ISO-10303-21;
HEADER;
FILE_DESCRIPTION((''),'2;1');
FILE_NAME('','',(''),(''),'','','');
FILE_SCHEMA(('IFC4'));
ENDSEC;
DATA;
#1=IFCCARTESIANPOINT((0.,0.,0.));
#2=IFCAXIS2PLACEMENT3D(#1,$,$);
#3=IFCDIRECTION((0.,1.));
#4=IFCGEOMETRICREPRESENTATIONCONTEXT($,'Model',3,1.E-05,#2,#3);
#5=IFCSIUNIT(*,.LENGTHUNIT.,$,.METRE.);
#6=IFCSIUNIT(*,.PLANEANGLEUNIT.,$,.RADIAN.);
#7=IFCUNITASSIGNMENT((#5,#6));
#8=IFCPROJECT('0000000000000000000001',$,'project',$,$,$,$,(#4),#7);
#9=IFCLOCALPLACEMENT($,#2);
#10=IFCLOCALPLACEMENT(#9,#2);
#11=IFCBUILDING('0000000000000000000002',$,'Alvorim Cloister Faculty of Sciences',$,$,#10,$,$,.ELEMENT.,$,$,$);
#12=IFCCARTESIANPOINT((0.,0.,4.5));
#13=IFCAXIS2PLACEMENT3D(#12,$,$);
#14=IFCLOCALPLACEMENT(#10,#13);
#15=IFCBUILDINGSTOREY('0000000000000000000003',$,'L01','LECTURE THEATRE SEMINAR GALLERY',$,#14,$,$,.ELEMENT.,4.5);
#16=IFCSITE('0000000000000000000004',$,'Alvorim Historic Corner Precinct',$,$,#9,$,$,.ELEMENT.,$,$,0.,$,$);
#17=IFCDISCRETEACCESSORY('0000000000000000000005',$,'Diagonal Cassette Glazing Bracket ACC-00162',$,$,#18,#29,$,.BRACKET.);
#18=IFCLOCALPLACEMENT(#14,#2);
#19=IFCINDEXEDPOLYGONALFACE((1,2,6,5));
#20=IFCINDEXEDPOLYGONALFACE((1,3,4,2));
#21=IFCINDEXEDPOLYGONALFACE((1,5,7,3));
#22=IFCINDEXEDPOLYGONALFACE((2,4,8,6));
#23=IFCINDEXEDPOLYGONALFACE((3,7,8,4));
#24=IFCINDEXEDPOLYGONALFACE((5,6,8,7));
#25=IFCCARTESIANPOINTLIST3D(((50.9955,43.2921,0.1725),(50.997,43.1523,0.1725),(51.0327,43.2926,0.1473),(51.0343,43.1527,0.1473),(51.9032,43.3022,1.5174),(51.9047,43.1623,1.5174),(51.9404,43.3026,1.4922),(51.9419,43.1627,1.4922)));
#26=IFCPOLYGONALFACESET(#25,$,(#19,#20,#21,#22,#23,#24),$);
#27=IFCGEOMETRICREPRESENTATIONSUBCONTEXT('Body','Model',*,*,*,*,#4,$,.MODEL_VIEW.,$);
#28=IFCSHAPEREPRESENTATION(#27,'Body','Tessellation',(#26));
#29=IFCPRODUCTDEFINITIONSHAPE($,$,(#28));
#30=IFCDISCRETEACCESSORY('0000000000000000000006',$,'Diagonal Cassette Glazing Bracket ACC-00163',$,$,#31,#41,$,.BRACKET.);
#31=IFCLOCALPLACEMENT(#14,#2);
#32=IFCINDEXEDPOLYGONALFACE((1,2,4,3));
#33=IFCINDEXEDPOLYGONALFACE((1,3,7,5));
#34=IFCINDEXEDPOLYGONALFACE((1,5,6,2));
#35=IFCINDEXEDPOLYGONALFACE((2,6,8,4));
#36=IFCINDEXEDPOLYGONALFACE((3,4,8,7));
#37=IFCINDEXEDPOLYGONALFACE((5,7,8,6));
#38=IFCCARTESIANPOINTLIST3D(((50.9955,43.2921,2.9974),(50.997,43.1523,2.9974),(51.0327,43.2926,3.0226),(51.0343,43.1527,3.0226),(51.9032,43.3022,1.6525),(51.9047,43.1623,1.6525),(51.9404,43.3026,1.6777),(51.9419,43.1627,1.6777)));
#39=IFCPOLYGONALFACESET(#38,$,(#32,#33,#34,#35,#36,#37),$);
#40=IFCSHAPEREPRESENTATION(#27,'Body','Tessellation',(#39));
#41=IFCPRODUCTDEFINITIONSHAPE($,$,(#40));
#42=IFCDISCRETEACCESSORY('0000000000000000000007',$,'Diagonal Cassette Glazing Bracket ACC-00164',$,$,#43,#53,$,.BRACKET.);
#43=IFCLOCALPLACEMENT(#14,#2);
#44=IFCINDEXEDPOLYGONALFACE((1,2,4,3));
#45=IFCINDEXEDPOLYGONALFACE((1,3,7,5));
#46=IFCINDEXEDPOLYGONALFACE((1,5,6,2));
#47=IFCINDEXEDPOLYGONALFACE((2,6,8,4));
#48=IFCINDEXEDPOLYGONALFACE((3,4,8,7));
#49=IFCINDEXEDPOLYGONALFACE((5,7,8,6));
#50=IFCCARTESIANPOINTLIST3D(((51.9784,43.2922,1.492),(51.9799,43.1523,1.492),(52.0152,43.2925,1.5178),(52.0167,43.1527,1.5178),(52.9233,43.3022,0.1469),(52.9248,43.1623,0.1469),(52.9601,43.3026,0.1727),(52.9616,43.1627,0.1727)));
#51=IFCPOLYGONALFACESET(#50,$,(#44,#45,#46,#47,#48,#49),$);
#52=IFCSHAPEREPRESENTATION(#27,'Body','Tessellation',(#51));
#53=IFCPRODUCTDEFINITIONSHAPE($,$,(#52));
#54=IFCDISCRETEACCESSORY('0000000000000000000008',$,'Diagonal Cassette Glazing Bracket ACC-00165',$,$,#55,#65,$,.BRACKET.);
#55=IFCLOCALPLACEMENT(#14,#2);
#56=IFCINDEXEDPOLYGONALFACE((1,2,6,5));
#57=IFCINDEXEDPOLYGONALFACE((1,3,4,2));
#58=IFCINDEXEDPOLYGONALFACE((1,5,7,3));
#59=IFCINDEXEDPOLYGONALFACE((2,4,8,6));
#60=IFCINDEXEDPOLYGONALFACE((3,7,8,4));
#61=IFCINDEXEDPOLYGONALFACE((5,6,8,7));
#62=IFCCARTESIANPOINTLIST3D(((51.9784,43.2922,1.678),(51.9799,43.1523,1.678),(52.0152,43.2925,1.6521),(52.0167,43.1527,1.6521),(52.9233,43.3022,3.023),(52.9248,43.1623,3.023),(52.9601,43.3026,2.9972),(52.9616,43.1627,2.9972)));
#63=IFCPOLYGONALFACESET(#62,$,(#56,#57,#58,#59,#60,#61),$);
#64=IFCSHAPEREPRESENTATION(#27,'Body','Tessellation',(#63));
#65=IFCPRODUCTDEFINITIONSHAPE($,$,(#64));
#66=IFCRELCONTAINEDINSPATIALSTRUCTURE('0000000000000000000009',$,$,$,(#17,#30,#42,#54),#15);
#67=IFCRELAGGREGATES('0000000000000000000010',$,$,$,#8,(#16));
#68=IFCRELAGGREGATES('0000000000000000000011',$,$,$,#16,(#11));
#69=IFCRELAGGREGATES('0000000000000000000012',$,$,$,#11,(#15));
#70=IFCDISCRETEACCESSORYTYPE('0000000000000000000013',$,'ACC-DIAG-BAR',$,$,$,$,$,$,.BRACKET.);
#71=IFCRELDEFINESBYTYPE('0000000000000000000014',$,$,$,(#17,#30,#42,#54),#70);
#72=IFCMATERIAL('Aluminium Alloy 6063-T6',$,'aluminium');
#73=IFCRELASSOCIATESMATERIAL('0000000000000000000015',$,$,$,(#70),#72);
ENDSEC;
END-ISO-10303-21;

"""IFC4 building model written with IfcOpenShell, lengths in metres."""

from ifc_helpers import new_model, si_unit, direction, frame, origin, origin_2d, place, context, subcontext, project, spatial, rectangle, extrude, material, type_object, element, save


model = new_model("IFC4")

# Units and contexts
model_context = context("Model", 3, precision=1e-05, world=origin(), true_north=direction((0.0, 1.0)))
body_context = subcontext(model_context, "Body", "Model", "MODEL_VIEW")
ifc_project = project(units=[si_unit("LENGTHUNIT", "METRE"), si_unit("PLANEANGLEUNIT", "RADIAN")], contexts=[model_context])

# Site, building, storey
site_placement = place(None, origin())
site = spatial("IfcSite", under=ifc_project, at=site_placement, Name="Alvorim Historic Corner Precinct", CompositionType="ELEMENT", RefElevation=0.0)
building_placement = place(site_placement, origin())
building = spatial("IfcBuilding", under=site, at=building_placement, Name="Alvorim Cloister Faculty of Sciences", CompositionType="ELEMENT")
storey_placement = place(building_placement, frame((0.0, 0.0, 4.5)))
storey = spatial("IfcBuildingStorey", under=building, at=storey_placement, Name="L01", Description="LECTURE THEATRE SEMINAR GALLERY", CompositionType="ELEMENT", Elevation=4.5)

# Shared definitions
ifc_material_1 = material(Name="Aluminium Alloy 6063-T6", Category="aluminium")

# Discrete accessories
discrete_accessory_type = type_object("IfcDiscreteAccessoryType", Name="ACC-DIAG-BAR", PredefinedType="BRACKET", material=ifc_material_1)
for number, where, z_axis, x_axis, name in (
    (1, (51.0149, 43.2224, 0.1599), (0.559403, 0.006169, 0.828873), (-0.011027, 0.999939, 0.0), "Diagonal Cassette Glazing Bracket ACC-00162"),
    (2, (51.0149, 43.2224, 3.01), (0.559403, 0.006169, -0.828873), (-0.011027, 0.999939, 0.0), "Diagonal Cassette Glazing Bracket ACC-00163"),
):
    element("IfcDiscreteAccessory", number, at=place(storey_placement, frame(where, z_axis=z_axis, x_axis=x_axis)), inside=storey, type_object=discrete_accessory_type, Name=name, PredefinedType="BRACKET", context=body_context, shape_type="SweptSolid", body=[
        extrude(rectangle(XDim=0.1399, YDim=0.0449, at=origin_2d()), origin(), (0.0, 0.0, 1.0), 1.6226),
    ])
for number, where, z_axis, x_axis, name in (
    (3, (51.9976, 43.2224, 1.5049), (0.574817, 0.00609, -0.81826), (-0.010594, 0.999944, 0.0), "Diagonal Cassette Glazing Bracket ACC-00164"),
    (4, (51.9976, 43.2224, 1.665), (0.574817, 0.00609, 0.81826), (-0.010594, 0.999944, 0.0), "Diagonal Cassette Glazing Bracket ACC-00165"),
):
    element("IfcDiscreteAccessory", number, at=place(storey_placement, frame(where, z_axis=z_axis, x_axis=x_axis)), inside=storey, type_object=discrete_accessory_type, Name=name, PredefinedType="BRACKET", context=body_context, shape_type="SweptSolid", body=[
        extrude(rectangle(XDim=0.1399, YDim=0.0449, at=origin_2d()), origin(), (0.0, 0.0, 1.0), 1.6438),
    ])

save(model, "model.ifc")
